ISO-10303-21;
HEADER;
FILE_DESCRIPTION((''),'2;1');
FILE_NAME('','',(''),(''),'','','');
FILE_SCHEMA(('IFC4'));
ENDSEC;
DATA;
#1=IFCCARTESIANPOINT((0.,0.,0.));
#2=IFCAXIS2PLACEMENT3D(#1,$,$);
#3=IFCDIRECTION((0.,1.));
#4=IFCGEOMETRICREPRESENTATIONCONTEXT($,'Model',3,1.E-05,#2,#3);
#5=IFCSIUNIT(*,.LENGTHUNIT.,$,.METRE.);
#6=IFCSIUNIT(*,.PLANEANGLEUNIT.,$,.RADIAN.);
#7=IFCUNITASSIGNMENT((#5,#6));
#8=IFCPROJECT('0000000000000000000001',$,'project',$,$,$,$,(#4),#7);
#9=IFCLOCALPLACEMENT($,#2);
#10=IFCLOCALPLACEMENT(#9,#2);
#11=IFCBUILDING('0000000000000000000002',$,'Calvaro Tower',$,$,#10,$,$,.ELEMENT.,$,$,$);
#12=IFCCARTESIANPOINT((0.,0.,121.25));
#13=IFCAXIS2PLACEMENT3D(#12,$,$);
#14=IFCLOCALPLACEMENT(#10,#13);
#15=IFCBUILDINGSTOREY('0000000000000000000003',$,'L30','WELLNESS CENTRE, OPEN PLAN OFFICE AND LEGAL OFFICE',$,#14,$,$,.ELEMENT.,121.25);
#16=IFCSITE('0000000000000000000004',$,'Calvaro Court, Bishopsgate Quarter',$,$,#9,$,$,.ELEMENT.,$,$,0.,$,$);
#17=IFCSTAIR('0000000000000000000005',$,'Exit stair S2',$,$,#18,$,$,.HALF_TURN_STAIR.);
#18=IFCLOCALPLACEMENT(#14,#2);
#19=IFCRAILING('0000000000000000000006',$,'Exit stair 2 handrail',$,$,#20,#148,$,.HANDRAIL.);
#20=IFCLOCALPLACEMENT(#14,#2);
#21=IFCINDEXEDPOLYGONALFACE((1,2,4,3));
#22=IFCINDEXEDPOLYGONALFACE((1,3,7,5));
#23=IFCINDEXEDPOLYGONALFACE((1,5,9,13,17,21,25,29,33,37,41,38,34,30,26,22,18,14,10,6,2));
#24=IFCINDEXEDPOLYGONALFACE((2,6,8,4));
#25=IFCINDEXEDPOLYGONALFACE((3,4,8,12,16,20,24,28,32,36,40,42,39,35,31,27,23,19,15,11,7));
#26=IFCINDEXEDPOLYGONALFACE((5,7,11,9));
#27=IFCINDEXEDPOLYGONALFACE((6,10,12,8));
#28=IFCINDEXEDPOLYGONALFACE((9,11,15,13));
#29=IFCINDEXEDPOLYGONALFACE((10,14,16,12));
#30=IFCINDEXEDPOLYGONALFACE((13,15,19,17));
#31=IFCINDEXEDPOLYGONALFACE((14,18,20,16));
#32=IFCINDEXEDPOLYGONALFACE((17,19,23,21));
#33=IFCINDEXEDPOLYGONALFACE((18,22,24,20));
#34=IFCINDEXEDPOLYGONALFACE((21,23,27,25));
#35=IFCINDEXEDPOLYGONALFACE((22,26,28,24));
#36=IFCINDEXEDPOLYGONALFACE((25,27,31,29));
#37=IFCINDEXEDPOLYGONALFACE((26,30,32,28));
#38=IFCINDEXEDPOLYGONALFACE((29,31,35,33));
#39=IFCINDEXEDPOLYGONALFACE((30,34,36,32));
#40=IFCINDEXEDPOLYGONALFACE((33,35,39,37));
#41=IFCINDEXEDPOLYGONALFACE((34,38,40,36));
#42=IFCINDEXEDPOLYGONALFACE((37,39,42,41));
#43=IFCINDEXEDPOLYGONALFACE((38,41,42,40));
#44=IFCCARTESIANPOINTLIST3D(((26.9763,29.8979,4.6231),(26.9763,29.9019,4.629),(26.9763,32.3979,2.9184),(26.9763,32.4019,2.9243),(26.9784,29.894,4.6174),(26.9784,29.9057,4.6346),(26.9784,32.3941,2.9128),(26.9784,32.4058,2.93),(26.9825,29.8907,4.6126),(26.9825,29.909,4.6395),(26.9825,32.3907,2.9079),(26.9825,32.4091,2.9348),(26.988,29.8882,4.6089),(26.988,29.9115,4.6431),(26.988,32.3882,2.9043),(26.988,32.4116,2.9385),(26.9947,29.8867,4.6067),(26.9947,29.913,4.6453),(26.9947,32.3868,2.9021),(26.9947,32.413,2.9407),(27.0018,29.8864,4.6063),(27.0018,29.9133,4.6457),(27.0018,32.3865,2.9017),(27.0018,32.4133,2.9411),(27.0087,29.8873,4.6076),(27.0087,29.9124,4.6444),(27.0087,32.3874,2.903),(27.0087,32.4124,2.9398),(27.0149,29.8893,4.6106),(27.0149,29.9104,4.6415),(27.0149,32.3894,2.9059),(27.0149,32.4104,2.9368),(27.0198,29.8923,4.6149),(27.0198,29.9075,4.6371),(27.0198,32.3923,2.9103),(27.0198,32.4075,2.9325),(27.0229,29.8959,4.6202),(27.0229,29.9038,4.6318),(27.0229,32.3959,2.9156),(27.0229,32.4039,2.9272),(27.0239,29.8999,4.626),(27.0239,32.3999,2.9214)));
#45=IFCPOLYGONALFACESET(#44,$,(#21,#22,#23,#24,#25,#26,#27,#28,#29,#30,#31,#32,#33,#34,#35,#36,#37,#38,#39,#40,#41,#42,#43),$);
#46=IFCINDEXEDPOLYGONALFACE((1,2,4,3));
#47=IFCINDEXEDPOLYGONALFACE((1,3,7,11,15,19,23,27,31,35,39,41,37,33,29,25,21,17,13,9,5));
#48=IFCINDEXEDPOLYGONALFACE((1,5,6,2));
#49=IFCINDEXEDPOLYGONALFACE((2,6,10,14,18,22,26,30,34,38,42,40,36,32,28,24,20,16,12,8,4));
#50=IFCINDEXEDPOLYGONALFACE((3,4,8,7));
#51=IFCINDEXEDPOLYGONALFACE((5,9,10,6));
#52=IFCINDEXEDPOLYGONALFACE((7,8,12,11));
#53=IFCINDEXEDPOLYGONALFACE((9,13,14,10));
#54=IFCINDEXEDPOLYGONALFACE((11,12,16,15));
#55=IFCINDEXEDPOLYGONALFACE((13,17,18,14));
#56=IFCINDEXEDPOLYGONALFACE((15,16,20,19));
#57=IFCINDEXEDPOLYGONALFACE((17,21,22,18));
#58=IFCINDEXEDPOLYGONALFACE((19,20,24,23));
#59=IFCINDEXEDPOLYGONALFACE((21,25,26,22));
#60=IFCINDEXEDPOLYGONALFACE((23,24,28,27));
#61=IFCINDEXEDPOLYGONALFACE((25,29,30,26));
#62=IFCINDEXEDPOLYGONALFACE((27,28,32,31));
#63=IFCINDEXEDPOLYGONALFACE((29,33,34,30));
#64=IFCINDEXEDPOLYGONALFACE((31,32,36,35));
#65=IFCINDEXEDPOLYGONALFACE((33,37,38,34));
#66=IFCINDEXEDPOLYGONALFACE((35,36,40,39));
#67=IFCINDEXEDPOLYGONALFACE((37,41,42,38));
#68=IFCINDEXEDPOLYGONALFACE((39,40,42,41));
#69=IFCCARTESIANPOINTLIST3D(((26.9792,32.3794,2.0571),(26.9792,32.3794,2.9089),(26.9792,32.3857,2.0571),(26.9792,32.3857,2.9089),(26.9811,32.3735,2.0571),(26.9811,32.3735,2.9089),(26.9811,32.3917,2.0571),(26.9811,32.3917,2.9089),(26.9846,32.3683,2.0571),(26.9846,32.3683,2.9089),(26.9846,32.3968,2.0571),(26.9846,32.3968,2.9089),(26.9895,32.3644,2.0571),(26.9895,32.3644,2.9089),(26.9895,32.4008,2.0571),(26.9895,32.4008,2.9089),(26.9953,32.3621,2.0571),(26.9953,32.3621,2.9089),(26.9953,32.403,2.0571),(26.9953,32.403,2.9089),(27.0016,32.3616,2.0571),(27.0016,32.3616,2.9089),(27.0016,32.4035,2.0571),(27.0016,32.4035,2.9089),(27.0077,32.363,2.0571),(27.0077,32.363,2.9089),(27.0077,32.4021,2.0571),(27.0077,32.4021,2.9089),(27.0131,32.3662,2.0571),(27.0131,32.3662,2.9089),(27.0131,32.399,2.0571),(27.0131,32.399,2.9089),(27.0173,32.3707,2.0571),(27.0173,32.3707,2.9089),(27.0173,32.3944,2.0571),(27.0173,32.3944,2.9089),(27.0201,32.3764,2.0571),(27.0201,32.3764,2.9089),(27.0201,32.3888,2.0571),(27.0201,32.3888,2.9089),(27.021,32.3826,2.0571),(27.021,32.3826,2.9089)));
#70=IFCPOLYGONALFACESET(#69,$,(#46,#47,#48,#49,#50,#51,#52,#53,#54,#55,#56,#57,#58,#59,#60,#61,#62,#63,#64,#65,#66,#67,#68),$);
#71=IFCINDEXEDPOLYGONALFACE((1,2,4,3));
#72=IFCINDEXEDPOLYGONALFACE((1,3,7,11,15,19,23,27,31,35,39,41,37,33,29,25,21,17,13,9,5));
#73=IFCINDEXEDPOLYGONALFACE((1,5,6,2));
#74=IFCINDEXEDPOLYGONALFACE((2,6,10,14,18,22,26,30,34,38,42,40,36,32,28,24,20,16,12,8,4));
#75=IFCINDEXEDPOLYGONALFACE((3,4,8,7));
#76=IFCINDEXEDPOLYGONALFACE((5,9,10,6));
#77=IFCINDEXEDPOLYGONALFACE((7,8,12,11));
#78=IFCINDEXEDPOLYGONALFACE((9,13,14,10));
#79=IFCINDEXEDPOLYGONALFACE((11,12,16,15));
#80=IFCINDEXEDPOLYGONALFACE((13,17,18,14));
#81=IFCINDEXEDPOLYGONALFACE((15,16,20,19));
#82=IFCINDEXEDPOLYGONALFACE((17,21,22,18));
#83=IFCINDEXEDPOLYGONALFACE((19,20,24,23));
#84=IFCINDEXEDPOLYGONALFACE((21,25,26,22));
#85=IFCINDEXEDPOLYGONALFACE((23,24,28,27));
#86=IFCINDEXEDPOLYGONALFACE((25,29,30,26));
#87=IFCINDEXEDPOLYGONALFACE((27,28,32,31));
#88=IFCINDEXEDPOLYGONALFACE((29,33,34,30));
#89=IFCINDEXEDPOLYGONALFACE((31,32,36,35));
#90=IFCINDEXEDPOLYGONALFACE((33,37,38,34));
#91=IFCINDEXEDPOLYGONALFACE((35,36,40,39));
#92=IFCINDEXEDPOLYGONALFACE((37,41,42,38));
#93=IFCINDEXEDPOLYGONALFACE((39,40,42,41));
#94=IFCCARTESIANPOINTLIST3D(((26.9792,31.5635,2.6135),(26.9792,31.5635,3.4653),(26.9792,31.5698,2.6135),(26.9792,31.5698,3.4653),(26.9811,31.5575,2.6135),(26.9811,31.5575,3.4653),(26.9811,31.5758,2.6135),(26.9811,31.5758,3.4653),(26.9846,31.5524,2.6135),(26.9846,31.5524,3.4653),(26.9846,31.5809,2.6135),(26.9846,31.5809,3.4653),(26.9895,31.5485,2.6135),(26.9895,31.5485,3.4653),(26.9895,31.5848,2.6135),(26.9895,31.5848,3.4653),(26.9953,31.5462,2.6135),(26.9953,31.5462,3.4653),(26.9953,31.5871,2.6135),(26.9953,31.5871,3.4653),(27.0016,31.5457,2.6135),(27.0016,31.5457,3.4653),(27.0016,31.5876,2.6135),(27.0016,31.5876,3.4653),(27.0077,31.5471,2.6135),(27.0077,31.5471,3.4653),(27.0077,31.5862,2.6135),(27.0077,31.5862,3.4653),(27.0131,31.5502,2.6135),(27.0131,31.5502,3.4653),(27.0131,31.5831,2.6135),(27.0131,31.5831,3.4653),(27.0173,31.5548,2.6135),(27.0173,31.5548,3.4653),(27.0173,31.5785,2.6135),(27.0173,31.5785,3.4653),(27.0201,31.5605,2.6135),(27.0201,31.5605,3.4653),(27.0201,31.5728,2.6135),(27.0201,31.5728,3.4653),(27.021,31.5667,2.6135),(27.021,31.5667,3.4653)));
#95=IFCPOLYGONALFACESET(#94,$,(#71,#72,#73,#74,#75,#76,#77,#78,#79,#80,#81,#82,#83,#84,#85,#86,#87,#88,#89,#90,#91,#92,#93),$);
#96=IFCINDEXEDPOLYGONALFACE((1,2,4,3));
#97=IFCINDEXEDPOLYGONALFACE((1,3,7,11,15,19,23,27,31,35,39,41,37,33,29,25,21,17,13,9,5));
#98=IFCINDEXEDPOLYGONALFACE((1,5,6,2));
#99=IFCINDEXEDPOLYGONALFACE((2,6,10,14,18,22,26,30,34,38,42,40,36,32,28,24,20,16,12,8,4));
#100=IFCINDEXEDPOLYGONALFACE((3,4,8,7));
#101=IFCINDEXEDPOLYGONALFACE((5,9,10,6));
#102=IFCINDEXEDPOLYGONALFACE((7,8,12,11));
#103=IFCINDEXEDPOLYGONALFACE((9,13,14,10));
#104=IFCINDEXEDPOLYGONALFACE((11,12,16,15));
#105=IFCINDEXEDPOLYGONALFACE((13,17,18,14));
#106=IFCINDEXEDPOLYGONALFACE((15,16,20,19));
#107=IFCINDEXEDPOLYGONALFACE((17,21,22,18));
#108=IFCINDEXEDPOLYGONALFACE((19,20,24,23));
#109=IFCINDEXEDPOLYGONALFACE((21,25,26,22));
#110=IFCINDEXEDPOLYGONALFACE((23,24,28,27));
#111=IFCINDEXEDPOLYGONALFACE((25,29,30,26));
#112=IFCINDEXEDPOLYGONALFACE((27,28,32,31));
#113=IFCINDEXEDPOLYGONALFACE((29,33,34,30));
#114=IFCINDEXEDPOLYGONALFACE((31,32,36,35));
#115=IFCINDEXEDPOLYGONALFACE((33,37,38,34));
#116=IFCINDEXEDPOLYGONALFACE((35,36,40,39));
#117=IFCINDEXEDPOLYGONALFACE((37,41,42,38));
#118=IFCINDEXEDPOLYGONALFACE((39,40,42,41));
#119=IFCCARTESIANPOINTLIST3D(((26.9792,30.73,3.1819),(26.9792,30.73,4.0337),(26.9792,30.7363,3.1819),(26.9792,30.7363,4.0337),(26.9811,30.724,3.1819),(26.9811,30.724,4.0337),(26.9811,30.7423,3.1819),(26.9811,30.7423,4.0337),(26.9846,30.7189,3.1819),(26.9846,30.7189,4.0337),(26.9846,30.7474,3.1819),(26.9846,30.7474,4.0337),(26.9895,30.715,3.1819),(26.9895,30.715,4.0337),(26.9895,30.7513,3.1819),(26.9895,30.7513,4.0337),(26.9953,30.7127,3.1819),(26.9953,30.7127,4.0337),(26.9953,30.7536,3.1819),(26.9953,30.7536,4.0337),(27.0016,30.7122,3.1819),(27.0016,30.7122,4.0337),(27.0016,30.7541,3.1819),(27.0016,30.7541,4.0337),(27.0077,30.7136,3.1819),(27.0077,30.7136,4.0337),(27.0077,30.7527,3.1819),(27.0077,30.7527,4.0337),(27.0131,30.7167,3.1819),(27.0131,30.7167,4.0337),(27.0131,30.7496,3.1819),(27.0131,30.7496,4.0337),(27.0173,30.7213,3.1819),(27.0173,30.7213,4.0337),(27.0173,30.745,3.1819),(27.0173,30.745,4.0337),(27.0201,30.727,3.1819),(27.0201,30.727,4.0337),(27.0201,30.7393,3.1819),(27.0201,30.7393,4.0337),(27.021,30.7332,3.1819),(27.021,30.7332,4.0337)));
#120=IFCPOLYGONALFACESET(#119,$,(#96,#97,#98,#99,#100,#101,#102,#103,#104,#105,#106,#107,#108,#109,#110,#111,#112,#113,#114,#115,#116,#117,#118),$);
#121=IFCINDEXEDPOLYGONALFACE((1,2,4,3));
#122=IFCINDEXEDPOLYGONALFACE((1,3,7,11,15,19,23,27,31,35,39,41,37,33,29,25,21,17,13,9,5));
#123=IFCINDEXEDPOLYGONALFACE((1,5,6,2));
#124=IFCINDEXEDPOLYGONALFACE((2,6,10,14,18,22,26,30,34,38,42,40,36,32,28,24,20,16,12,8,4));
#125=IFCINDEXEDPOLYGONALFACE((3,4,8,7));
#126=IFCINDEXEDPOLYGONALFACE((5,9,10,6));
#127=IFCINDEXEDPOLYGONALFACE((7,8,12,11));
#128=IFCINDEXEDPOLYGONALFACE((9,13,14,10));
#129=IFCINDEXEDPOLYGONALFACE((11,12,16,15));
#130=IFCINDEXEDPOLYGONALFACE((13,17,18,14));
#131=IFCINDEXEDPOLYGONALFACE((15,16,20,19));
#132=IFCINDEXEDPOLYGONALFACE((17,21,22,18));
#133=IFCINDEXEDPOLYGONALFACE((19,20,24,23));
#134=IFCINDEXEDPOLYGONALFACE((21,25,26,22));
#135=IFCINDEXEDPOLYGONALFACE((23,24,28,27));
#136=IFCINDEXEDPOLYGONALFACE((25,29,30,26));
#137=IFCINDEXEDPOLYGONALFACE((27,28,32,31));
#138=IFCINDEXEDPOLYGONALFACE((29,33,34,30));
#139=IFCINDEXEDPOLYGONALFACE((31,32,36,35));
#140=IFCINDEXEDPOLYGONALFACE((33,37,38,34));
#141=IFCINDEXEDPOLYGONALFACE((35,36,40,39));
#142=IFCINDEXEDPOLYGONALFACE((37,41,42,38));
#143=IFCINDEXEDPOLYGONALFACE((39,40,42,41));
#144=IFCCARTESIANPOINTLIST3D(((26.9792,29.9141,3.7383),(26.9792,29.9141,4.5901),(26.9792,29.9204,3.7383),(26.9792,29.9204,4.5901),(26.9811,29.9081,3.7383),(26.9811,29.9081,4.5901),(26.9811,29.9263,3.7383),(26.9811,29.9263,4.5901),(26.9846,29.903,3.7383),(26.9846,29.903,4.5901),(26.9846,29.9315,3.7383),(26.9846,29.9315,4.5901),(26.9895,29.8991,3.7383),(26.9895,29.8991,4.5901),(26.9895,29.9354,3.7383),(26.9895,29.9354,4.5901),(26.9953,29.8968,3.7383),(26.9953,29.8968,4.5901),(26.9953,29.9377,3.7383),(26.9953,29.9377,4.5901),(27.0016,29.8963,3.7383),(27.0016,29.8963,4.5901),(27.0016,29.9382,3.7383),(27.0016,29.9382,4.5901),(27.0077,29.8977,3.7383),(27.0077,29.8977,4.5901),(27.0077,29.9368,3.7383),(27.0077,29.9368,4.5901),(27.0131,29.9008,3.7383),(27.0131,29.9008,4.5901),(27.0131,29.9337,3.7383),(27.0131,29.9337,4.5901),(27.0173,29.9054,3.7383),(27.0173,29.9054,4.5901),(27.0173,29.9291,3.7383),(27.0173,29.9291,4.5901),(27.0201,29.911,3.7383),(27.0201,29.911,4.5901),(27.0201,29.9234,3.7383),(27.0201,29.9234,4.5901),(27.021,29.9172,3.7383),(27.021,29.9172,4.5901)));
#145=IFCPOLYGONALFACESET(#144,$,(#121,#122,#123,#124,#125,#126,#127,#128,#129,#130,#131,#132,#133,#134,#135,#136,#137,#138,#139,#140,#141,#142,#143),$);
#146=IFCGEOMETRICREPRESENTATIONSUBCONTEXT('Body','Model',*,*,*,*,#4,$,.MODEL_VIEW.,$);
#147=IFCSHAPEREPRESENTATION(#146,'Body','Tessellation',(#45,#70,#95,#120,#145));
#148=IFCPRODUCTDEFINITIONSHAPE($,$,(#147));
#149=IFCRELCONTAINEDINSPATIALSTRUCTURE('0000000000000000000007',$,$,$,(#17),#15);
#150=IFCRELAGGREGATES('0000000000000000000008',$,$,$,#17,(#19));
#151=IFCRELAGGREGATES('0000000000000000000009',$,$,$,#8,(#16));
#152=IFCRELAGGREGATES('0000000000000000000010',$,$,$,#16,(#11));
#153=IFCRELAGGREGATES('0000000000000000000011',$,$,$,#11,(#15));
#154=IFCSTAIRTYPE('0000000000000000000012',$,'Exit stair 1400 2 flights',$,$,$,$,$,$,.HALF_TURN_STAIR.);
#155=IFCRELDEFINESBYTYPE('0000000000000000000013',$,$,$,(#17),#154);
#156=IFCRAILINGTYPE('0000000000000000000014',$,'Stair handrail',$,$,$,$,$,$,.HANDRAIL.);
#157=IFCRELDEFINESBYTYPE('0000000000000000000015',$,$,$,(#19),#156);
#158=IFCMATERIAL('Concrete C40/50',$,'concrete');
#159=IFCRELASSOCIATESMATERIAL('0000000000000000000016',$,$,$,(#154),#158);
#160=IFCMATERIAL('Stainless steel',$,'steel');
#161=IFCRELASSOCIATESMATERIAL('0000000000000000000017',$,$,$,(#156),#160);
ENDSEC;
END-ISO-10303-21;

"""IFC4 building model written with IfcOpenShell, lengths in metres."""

from ifc_helpers import new_model, si_unit, direction, frame, origin, origin_2d, place, context, subcontext, project, spatial, circle, extrude, material, type_object, element, aggregate, save


model = new_model("IFC4")

# Units and contexts
model_context = context("Model", 3, precision=1e-05, world=origin(), true_north=direction((0.0, 1.0)))
body_context = subcontext(model_context, "Body", "Model", "MODEL_VIEW")
ifc_project = project(units=[si_unit("LENGTHUNIT", "METRE"), si_unit("PLANEANGLEUNIT", "RADIAN")], contexts=[model_context])

# Site, building, storey
site_placement = place(None, origin())
site = spatial("IfcSite", under=ifc_project, at=site_placement, Name="Calvaro Court, Bishopsgate Quarter", CompositionType="ELEMENT", RefElevation=0.0)
building_placement = place(site_placement, origin())
building = spatial("IfcBuilding", under=site, at=building_placement, Name="Calvaro Tower", CompositionType="ELEMENT")
storey_placement = place(building_placement, frame((0.0, 0.0, 121.25)))
storey = spatial("IfcBuildingStorey", under=building, at=storey_placement, Name="L30", Description="WELLNESS CENTRE, OPEN PLAN OFFICE AND LEGAL OFFICE", CompositionType="ELEMENT", Elevation=121.25)

# Stair, railing
ifc_material_1 = material(Name="Concrete C40/50", Category="concrete")
stair_type = type_object("IfcStairType", Name="Exit stair 1400 2 flights", PredefinedType="HALF_TURN_STAIR", material=ifc_material_1)
stair_placement = place(storey_placement, origin())
stair = element("IfcStair", 1, at=stair_placement, inside=storey, type_object=stair_type, Name="Exit stair S2", PredefinedType="HALF_TURN_STAIR")
ifc_material_2 = material(Name="Stainless steel", Category="steel")
railing_type = type_object("IfcRailingType", Name="Stair handrail", PredefinedType="HANDRAIL", material=ifc_material_2)
railing_1_placement = place(storey_placement, frame((27.0, 32.3999, 2.0454)))
railing_1 = element("IfcRailing", 2, at=railing_1_placement, type_object=railing_type, Name="Exit stair 2 handrail", PredefinedType="HANDRAIL", context=body_context, shape_type="SweptSolid", body=[
    extrude(circle(Radius=0.0239, at=origin_2d()), frame((0.0, 0.0, 0.876), z_axis=(0.0, -0.826221, 0.563347), x_axis=(1.0, 0.0, 0.0)), (0.0, 0.0, 1.0), 3.0259),
    extrude(circle(Radius=0.021, at=origin_2d()), frame((0.0, -0.0173, 0.0117)), (0.0, 0.0, 1.0), 0.8518),
    extrude(circle(Radius=0.021, at=origin_2d()), frame((0.0, -0.8333, 0.5681)), (0.0, 0.0, 1.0), 0.8518),
    extrude(circle(Radius=0.021, at=origin_2d()), frame((0.0, -1.6667, 1.1365)), (0.0, 0.0, 1.0), 0.8518),
    extrude(circle(Radius=0.021, at=origin_2d()), frame((0.0, -2.4827, 1.6929)), (0.0, 0.0, 1.0), 0.8518),
])
aggregate(stair, [railing_1])

save(model, "model.ifc")
